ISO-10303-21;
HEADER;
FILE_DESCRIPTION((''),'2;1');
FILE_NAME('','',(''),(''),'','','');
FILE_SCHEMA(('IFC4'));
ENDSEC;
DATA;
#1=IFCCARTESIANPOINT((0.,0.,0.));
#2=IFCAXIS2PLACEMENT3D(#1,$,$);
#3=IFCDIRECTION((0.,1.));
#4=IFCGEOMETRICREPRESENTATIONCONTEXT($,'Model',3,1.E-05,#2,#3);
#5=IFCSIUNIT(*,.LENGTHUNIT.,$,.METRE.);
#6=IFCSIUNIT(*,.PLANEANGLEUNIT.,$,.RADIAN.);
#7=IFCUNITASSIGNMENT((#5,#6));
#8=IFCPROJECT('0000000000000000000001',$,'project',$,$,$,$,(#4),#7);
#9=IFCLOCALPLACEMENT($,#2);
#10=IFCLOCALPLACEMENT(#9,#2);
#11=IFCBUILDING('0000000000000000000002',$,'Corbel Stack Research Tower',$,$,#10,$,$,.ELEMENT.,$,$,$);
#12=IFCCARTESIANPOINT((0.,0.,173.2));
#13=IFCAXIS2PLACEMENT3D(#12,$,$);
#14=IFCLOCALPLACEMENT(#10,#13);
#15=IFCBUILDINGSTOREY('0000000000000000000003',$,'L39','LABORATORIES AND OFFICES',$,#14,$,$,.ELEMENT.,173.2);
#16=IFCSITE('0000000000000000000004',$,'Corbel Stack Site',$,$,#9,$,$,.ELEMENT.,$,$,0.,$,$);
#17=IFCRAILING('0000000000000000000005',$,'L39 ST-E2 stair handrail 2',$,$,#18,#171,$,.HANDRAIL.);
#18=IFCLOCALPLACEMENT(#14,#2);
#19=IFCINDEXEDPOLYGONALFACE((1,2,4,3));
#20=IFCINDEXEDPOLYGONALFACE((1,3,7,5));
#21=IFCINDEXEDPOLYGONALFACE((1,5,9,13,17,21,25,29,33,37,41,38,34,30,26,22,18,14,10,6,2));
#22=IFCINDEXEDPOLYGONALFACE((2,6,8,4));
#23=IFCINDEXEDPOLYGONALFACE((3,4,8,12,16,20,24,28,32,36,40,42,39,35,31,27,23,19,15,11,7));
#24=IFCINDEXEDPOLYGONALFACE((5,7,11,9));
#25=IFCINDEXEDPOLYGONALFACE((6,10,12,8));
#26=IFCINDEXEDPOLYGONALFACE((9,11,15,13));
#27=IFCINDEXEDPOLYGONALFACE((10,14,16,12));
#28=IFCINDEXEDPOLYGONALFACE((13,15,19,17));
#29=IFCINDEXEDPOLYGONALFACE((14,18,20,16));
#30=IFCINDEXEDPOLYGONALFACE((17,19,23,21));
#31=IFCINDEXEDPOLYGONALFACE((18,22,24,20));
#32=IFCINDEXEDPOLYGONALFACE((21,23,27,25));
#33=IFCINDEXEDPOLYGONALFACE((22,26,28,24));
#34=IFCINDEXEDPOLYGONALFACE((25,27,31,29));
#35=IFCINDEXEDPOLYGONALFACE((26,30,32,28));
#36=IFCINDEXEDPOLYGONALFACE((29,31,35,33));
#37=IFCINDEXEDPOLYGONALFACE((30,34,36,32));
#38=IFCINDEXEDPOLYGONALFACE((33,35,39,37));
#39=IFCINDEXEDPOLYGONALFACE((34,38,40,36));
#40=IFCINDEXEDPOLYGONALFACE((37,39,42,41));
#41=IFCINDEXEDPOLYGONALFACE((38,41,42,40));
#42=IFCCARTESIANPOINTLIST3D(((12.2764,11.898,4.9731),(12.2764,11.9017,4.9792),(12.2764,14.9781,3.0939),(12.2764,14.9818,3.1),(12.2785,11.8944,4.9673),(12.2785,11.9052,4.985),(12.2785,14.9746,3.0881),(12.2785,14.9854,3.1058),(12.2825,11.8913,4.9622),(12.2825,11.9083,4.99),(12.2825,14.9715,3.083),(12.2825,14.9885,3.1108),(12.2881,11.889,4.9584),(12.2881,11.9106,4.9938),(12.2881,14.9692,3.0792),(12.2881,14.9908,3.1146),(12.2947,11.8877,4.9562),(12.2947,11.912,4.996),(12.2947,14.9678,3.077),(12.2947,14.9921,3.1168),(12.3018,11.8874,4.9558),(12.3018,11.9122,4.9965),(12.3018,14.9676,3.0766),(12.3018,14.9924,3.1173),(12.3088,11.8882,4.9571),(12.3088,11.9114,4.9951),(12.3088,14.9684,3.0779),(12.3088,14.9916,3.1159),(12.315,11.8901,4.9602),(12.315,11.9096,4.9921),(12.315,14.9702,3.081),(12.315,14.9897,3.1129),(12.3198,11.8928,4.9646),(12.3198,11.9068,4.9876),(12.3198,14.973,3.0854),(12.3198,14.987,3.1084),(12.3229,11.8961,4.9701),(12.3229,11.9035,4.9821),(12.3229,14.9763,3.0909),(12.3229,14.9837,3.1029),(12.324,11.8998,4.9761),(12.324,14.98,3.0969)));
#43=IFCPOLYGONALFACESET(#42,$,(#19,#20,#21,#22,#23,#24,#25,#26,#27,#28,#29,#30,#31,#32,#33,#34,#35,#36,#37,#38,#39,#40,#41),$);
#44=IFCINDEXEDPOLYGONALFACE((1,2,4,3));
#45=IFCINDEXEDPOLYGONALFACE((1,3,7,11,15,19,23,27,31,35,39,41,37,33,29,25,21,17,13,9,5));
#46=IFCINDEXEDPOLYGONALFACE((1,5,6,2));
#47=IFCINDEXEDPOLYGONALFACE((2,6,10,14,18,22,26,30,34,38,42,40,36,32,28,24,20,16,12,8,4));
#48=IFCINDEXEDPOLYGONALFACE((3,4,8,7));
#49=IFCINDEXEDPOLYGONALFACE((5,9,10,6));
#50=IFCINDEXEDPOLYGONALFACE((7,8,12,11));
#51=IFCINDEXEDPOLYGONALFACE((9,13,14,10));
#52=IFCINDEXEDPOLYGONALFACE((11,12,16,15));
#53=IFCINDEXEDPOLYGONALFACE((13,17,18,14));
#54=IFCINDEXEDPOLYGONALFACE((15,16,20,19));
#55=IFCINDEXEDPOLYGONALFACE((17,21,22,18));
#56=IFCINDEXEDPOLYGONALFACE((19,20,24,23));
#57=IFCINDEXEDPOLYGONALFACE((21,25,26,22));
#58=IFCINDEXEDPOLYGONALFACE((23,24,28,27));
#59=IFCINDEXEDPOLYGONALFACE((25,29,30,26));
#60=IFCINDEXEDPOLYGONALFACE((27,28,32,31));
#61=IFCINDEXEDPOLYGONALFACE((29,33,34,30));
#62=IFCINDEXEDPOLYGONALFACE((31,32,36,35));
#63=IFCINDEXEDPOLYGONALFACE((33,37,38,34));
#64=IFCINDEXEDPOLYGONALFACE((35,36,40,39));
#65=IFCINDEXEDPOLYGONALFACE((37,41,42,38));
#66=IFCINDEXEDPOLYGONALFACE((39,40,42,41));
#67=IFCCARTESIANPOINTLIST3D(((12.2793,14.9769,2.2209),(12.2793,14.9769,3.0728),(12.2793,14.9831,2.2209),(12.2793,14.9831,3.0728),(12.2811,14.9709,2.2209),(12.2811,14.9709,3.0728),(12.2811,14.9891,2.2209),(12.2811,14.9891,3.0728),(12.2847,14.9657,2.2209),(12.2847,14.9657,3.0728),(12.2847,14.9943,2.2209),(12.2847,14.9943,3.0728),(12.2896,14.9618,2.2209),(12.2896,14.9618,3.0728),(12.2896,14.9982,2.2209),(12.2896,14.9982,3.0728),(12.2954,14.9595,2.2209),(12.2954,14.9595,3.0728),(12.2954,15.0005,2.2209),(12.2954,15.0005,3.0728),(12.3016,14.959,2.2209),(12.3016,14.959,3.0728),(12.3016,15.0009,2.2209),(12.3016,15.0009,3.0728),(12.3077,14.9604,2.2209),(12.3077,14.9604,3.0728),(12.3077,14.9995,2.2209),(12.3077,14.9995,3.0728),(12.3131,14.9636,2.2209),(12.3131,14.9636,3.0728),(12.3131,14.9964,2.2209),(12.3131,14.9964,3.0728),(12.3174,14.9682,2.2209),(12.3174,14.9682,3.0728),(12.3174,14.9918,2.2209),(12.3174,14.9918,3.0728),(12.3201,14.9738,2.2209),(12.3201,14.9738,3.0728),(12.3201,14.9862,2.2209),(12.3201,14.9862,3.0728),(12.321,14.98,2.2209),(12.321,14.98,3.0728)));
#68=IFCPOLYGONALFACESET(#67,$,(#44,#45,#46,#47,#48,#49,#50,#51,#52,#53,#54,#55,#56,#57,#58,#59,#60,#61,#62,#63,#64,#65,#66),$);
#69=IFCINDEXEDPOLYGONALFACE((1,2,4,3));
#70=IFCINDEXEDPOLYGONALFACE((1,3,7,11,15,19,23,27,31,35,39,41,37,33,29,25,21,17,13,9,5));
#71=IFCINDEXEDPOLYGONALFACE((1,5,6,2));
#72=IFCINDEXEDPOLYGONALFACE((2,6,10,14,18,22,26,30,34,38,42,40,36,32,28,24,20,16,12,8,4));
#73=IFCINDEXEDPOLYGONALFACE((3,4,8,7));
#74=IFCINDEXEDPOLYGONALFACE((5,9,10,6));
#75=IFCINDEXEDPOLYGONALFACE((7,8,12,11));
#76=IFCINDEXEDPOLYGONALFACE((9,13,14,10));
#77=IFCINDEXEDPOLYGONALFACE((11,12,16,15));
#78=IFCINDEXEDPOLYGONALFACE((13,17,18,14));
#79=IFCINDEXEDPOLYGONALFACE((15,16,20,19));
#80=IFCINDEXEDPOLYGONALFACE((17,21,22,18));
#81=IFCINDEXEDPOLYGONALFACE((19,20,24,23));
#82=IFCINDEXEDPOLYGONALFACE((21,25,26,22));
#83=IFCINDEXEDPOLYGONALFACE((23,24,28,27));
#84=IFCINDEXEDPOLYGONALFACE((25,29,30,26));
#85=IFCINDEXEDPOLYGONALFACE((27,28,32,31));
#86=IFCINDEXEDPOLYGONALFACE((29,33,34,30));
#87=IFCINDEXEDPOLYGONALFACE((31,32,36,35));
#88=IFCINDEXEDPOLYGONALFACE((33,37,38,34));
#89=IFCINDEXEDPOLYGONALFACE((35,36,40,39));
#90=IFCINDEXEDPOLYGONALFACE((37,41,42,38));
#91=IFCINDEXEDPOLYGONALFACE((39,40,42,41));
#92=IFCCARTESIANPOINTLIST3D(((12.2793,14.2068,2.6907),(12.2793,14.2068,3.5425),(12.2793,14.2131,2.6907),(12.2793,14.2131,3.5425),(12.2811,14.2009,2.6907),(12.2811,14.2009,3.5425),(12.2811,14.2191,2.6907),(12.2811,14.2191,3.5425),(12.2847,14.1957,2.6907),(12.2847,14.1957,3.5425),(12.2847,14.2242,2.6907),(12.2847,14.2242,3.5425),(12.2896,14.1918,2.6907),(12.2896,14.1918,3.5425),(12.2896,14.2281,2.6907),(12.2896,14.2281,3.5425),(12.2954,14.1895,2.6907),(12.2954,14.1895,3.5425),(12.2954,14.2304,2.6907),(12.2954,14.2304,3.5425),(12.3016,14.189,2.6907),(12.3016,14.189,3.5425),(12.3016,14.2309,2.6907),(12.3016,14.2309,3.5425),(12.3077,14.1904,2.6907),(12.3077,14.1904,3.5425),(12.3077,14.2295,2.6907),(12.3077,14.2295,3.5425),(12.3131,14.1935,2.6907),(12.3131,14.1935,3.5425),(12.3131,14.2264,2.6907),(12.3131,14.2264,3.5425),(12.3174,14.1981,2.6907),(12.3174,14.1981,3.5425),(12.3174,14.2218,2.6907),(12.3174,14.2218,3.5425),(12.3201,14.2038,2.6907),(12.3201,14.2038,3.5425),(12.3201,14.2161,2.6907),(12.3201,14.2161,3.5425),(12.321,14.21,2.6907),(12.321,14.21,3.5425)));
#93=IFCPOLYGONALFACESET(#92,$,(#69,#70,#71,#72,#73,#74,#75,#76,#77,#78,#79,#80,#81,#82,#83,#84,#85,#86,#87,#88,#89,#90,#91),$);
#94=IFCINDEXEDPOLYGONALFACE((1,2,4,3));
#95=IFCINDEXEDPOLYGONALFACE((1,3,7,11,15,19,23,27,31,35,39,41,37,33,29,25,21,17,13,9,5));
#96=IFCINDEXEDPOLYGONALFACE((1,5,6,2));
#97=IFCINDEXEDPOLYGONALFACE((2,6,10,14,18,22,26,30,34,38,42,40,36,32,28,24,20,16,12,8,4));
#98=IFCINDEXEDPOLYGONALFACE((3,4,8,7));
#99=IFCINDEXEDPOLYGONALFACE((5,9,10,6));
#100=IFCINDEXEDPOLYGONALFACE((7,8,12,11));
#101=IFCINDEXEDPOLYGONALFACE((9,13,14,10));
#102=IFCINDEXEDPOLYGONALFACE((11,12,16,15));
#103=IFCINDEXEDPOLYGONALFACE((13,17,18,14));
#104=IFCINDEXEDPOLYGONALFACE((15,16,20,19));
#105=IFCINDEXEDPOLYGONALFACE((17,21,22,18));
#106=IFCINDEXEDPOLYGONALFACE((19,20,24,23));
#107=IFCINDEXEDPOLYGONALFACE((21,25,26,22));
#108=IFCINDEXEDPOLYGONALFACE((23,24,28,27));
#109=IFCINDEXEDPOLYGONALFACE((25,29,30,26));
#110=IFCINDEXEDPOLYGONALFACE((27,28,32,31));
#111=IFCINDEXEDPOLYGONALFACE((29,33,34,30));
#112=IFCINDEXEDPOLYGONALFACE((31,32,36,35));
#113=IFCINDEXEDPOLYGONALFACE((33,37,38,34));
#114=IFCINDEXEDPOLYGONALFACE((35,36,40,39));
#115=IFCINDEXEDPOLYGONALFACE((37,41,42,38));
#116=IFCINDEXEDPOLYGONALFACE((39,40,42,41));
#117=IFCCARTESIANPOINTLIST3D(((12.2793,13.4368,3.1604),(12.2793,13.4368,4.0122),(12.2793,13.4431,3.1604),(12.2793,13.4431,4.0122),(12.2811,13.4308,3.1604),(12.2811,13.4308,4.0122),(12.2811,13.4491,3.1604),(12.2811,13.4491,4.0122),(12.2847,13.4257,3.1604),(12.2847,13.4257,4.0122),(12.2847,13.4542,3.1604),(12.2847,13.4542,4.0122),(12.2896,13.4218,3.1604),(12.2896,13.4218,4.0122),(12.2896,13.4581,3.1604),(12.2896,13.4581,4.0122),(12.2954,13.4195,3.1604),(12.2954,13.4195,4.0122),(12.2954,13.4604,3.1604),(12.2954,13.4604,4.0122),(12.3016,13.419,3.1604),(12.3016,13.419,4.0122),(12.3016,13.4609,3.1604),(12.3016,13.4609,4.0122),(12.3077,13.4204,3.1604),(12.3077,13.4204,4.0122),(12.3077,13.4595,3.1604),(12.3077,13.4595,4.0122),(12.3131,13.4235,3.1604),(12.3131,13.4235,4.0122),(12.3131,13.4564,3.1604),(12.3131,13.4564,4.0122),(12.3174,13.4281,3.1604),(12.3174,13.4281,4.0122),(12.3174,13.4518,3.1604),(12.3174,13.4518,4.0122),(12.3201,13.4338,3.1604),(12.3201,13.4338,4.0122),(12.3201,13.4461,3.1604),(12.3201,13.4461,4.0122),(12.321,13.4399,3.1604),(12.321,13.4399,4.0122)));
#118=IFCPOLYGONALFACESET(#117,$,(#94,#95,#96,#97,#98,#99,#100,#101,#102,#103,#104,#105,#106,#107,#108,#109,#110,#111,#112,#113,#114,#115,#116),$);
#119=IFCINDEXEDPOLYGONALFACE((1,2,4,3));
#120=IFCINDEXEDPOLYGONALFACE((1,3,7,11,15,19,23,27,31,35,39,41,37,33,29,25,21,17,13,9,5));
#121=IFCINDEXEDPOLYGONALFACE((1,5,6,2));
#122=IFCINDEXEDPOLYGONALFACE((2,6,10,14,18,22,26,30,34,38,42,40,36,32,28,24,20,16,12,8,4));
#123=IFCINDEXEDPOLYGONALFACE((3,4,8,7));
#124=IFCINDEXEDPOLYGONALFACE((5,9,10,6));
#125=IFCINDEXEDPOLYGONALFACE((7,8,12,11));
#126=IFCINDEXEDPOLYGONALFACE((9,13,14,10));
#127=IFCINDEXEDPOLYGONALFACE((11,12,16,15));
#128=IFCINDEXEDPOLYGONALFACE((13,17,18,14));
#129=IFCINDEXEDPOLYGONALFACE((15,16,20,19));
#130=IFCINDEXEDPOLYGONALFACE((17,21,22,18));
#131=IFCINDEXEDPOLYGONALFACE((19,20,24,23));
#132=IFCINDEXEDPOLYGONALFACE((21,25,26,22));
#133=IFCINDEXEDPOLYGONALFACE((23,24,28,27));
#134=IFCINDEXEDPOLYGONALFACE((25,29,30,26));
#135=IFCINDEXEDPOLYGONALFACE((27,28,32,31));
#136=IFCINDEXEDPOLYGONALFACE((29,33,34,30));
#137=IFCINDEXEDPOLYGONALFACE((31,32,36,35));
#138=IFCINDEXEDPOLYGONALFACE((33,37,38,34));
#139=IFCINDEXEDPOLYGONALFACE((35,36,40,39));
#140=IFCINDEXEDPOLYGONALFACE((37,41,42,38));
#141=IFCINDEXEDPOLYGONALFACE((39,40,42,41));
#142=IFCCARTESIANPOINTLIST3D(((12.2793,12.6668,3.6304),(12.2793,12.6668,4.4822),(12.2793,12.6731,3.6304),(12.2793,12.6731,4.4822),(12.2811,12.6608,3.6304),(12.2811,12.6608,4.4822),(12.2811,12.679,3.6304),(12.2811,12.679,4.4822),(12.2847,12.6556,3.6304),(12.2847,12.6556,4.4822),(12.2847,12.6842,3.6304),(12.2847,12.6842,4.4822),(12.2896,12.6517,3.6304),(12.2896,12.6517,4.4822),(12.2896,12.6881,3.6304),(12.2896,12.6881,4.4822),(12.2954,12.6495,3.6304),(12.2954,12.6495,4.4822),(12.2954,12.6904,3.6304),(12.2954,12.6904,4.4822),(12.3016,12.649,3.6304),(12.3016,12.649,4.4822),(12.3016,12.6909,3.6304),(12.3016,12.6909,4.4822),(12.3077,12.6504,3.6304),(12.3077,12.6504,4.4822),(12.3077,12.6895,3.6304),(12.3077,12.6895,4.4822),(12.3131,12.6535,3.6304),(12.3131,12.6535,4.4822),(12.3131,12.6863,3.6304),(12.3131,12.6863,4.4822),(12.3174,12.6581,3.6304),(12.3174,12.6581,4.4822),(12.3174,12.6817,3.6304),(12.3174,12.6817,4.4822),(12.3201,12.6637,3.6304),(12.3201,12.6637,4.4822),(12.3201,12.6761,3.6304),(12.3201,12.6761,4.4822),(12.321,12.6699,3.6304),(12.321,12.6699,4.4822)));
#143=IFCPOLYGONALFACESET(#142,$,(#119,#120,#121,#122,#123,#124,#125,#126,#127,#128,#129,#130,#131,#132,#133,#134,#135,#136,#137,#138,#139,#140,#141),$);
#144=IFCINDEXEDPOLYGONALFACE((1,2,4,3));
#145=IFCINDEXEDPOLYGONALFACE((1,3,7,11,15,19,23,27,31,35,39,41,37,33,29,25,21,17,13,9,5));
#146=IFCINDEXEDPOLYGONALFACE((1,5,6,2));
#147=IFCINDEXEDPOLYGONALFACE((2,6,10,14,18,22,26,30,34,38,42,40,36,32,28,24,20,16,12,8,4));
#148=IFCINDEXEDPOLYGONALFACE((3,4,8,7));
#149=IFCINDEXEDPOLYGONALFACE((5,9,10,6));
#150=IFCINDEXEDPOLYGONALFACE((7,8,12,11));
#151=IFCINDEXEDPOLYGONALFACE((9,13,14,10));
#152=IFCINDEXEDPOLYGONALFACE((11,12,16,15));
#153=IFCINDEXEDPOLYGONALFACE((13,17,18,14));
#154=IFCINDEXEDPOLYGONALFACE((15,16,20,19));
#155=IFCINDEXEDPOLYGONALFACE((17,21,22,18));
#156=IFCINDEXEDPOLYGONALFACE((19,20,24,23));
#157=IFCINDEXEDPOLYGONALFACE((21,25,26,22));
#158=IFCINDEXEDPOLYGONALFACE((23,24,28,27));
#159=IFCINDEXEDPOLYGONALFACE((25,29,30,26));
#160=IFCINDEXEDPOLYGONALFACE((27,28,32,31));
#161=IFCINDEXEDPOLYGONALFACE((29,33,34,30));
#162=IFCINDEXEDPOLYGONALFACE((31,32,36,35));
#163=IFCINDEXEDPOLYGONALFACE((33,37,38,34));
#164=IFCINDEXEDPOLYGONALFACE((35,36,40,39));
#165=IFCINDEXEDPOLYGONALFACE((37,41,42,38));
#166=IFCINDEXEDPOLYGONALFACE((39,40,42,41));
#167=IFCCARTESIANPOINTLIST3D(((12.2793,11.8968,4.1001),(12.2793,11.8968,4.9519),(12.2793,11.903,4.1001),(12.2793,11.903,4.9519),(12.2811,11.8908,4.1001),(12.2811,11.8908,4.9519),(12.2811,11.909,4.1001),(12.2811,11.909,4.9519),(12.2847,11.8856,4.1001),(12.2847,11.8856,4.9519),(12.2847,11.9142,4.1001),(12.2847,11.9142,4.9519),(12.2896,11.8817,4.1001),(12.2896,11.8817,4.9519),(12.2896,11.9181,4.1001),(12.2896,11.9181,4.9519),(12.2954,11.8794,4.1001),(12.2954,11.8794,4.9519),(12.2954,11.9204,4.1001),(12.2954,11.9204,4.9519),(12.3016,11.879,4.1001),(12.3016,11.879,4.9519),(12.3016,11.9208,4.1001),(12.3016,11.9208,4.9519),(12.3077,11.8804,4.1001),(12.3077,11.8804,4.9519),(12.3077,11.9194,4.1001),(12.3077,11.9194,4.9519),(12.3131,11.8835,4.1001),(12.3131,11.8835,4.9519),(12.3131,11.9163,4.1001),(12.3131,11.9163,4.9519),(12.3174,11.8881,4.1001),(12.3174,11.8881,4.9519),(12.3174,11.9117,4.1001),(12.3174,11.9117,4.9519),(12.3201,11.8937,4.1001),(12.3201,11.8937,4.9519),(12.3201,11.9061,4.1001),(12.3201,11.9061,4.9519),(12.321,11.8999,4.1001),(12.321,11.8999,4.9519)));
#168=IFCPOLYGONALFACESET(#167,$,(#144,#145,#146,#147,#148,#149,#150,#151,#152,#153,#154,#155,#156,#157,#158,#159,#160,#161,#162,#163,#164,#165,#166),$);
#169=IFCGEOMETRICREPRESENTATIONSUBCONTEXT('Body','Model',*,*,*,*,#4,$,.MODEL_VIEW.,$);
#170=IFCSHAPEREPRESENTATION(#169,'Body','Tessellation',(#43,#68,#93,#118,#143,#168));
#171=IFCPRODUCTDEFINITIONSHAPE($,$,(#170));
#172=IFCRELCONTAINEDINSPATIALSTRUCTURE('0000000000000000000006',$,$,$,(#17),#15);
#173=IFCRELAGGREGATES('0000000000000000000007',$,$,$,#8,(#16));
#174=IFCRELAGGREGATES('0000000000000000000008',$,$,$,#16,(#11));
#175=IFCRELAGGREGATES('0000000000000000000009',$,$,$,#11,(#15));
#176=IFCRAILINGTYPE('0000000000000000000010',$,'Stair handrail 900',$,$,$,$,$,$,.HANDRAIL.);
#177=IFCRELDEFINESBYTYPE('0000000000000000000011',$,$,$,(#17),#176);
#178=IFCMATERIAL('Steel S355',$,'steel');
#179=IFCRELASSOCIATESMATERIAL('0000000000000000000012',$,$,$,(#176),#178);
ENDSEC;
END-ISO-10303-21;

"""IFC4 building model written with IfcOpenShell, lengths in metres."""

from ifc_helpers import new_model, si_unit, direction, frame, origin, origin_2d, place, context, subcontext, project, spatial, circle, extrude, material, type_object, element, save


model = new_model("IFC4")

# Units and contexts
model_context = context("Model", 3, precision=1e-05, world=origin(), true_north=direction((0.0, 1.0)))
body_context = subcontext(model_context, "Body", "Model", "MODEL_VIEW")
ifc_project = project(units=[si_unit("LENGTHUNIT", "METRE"), si_unit("PLANEANGLEUNIT", "RADIAN")], contexts=[model_context])

# Site, building, storey
site_placement = place(None, origin())
site = spatial("IfcSite", under=ifc_project, at=site_placement, Name="Corbel Stack Site", CompositionType="ELEMENT", RefElevation=0.0)
building_placement = place(site_placement, origin())
building = spatial("IfcBuilding", under=site, at=building_placement, Name="Corbel Stack Research Tower", CompositionType="ELEMENT")
storey_placement = place(building_placement, frame((0.0, 0.0, 173.2)))
storey = spatial("IfcBuildingStorey", under=building, at=storey_placement, Name="L39", Description="LABORATORIES AND OFFICES", CompositionType="ELEMENT", Elevation=173.2)

# Railing
ifc_material_1 = material(Name="Steel S355", Category="steel")
railing_type_1 = type_object("IfcRailingType", Name="Stair handrail 900", PredefinedType="HANDRAIL", material=ifc_material_1)
railing_1_placement = place(storey_placement, frame((12.3, 14.98, 2.2209)))
element("IfcRailing", 1, at=railing_1_placement, inside=storey, type_object=railing_type_1, Name="L39 ST-E2 stair handrail 2", PredefinedType="HANDRAIL", context=body_context, shape_type="SweptSolid", body=[
    extrude(circle(Radius=0.0239, at=origin_2d()), frame((0.0, 0.0, 0.876), z_axis=(0.0, -0.853666, 0.52082), x_axis=(1.0, 0.0, 0.0)), (0.0, 0.0, 1.0), 3.6082),
    extrude(circle(Radius=0.021, at=origin_2d()), origin(), (0.0, 0.0, 1.0), 0.8518),
    extrude(circle(Radius=0.021, at=origin_2d()), frame((0.0, -0.77, 0.4697)), (0.0, 0.0, 1.0), 0.8518),
    extrude(circle(Radius=0.021, at=origin_2d()), frame((0.0, -1.54, 0.9395)), (0.0, 0.0, 1.0), 0.8518),
    extrude(circle(Radius=0.021, at=origin_2d()), frame((0.0, -2.3101, 1.4094)), (0.0, 0.0, 1.0), 0.8518),
    extrude(circle(Radius=0.021, at=origin_2d()), frame((0.0, -3.0801, 1.8792)), (0.0, 0.0, 1.0), 0.8518),
])

save(model, "model.ifc")
